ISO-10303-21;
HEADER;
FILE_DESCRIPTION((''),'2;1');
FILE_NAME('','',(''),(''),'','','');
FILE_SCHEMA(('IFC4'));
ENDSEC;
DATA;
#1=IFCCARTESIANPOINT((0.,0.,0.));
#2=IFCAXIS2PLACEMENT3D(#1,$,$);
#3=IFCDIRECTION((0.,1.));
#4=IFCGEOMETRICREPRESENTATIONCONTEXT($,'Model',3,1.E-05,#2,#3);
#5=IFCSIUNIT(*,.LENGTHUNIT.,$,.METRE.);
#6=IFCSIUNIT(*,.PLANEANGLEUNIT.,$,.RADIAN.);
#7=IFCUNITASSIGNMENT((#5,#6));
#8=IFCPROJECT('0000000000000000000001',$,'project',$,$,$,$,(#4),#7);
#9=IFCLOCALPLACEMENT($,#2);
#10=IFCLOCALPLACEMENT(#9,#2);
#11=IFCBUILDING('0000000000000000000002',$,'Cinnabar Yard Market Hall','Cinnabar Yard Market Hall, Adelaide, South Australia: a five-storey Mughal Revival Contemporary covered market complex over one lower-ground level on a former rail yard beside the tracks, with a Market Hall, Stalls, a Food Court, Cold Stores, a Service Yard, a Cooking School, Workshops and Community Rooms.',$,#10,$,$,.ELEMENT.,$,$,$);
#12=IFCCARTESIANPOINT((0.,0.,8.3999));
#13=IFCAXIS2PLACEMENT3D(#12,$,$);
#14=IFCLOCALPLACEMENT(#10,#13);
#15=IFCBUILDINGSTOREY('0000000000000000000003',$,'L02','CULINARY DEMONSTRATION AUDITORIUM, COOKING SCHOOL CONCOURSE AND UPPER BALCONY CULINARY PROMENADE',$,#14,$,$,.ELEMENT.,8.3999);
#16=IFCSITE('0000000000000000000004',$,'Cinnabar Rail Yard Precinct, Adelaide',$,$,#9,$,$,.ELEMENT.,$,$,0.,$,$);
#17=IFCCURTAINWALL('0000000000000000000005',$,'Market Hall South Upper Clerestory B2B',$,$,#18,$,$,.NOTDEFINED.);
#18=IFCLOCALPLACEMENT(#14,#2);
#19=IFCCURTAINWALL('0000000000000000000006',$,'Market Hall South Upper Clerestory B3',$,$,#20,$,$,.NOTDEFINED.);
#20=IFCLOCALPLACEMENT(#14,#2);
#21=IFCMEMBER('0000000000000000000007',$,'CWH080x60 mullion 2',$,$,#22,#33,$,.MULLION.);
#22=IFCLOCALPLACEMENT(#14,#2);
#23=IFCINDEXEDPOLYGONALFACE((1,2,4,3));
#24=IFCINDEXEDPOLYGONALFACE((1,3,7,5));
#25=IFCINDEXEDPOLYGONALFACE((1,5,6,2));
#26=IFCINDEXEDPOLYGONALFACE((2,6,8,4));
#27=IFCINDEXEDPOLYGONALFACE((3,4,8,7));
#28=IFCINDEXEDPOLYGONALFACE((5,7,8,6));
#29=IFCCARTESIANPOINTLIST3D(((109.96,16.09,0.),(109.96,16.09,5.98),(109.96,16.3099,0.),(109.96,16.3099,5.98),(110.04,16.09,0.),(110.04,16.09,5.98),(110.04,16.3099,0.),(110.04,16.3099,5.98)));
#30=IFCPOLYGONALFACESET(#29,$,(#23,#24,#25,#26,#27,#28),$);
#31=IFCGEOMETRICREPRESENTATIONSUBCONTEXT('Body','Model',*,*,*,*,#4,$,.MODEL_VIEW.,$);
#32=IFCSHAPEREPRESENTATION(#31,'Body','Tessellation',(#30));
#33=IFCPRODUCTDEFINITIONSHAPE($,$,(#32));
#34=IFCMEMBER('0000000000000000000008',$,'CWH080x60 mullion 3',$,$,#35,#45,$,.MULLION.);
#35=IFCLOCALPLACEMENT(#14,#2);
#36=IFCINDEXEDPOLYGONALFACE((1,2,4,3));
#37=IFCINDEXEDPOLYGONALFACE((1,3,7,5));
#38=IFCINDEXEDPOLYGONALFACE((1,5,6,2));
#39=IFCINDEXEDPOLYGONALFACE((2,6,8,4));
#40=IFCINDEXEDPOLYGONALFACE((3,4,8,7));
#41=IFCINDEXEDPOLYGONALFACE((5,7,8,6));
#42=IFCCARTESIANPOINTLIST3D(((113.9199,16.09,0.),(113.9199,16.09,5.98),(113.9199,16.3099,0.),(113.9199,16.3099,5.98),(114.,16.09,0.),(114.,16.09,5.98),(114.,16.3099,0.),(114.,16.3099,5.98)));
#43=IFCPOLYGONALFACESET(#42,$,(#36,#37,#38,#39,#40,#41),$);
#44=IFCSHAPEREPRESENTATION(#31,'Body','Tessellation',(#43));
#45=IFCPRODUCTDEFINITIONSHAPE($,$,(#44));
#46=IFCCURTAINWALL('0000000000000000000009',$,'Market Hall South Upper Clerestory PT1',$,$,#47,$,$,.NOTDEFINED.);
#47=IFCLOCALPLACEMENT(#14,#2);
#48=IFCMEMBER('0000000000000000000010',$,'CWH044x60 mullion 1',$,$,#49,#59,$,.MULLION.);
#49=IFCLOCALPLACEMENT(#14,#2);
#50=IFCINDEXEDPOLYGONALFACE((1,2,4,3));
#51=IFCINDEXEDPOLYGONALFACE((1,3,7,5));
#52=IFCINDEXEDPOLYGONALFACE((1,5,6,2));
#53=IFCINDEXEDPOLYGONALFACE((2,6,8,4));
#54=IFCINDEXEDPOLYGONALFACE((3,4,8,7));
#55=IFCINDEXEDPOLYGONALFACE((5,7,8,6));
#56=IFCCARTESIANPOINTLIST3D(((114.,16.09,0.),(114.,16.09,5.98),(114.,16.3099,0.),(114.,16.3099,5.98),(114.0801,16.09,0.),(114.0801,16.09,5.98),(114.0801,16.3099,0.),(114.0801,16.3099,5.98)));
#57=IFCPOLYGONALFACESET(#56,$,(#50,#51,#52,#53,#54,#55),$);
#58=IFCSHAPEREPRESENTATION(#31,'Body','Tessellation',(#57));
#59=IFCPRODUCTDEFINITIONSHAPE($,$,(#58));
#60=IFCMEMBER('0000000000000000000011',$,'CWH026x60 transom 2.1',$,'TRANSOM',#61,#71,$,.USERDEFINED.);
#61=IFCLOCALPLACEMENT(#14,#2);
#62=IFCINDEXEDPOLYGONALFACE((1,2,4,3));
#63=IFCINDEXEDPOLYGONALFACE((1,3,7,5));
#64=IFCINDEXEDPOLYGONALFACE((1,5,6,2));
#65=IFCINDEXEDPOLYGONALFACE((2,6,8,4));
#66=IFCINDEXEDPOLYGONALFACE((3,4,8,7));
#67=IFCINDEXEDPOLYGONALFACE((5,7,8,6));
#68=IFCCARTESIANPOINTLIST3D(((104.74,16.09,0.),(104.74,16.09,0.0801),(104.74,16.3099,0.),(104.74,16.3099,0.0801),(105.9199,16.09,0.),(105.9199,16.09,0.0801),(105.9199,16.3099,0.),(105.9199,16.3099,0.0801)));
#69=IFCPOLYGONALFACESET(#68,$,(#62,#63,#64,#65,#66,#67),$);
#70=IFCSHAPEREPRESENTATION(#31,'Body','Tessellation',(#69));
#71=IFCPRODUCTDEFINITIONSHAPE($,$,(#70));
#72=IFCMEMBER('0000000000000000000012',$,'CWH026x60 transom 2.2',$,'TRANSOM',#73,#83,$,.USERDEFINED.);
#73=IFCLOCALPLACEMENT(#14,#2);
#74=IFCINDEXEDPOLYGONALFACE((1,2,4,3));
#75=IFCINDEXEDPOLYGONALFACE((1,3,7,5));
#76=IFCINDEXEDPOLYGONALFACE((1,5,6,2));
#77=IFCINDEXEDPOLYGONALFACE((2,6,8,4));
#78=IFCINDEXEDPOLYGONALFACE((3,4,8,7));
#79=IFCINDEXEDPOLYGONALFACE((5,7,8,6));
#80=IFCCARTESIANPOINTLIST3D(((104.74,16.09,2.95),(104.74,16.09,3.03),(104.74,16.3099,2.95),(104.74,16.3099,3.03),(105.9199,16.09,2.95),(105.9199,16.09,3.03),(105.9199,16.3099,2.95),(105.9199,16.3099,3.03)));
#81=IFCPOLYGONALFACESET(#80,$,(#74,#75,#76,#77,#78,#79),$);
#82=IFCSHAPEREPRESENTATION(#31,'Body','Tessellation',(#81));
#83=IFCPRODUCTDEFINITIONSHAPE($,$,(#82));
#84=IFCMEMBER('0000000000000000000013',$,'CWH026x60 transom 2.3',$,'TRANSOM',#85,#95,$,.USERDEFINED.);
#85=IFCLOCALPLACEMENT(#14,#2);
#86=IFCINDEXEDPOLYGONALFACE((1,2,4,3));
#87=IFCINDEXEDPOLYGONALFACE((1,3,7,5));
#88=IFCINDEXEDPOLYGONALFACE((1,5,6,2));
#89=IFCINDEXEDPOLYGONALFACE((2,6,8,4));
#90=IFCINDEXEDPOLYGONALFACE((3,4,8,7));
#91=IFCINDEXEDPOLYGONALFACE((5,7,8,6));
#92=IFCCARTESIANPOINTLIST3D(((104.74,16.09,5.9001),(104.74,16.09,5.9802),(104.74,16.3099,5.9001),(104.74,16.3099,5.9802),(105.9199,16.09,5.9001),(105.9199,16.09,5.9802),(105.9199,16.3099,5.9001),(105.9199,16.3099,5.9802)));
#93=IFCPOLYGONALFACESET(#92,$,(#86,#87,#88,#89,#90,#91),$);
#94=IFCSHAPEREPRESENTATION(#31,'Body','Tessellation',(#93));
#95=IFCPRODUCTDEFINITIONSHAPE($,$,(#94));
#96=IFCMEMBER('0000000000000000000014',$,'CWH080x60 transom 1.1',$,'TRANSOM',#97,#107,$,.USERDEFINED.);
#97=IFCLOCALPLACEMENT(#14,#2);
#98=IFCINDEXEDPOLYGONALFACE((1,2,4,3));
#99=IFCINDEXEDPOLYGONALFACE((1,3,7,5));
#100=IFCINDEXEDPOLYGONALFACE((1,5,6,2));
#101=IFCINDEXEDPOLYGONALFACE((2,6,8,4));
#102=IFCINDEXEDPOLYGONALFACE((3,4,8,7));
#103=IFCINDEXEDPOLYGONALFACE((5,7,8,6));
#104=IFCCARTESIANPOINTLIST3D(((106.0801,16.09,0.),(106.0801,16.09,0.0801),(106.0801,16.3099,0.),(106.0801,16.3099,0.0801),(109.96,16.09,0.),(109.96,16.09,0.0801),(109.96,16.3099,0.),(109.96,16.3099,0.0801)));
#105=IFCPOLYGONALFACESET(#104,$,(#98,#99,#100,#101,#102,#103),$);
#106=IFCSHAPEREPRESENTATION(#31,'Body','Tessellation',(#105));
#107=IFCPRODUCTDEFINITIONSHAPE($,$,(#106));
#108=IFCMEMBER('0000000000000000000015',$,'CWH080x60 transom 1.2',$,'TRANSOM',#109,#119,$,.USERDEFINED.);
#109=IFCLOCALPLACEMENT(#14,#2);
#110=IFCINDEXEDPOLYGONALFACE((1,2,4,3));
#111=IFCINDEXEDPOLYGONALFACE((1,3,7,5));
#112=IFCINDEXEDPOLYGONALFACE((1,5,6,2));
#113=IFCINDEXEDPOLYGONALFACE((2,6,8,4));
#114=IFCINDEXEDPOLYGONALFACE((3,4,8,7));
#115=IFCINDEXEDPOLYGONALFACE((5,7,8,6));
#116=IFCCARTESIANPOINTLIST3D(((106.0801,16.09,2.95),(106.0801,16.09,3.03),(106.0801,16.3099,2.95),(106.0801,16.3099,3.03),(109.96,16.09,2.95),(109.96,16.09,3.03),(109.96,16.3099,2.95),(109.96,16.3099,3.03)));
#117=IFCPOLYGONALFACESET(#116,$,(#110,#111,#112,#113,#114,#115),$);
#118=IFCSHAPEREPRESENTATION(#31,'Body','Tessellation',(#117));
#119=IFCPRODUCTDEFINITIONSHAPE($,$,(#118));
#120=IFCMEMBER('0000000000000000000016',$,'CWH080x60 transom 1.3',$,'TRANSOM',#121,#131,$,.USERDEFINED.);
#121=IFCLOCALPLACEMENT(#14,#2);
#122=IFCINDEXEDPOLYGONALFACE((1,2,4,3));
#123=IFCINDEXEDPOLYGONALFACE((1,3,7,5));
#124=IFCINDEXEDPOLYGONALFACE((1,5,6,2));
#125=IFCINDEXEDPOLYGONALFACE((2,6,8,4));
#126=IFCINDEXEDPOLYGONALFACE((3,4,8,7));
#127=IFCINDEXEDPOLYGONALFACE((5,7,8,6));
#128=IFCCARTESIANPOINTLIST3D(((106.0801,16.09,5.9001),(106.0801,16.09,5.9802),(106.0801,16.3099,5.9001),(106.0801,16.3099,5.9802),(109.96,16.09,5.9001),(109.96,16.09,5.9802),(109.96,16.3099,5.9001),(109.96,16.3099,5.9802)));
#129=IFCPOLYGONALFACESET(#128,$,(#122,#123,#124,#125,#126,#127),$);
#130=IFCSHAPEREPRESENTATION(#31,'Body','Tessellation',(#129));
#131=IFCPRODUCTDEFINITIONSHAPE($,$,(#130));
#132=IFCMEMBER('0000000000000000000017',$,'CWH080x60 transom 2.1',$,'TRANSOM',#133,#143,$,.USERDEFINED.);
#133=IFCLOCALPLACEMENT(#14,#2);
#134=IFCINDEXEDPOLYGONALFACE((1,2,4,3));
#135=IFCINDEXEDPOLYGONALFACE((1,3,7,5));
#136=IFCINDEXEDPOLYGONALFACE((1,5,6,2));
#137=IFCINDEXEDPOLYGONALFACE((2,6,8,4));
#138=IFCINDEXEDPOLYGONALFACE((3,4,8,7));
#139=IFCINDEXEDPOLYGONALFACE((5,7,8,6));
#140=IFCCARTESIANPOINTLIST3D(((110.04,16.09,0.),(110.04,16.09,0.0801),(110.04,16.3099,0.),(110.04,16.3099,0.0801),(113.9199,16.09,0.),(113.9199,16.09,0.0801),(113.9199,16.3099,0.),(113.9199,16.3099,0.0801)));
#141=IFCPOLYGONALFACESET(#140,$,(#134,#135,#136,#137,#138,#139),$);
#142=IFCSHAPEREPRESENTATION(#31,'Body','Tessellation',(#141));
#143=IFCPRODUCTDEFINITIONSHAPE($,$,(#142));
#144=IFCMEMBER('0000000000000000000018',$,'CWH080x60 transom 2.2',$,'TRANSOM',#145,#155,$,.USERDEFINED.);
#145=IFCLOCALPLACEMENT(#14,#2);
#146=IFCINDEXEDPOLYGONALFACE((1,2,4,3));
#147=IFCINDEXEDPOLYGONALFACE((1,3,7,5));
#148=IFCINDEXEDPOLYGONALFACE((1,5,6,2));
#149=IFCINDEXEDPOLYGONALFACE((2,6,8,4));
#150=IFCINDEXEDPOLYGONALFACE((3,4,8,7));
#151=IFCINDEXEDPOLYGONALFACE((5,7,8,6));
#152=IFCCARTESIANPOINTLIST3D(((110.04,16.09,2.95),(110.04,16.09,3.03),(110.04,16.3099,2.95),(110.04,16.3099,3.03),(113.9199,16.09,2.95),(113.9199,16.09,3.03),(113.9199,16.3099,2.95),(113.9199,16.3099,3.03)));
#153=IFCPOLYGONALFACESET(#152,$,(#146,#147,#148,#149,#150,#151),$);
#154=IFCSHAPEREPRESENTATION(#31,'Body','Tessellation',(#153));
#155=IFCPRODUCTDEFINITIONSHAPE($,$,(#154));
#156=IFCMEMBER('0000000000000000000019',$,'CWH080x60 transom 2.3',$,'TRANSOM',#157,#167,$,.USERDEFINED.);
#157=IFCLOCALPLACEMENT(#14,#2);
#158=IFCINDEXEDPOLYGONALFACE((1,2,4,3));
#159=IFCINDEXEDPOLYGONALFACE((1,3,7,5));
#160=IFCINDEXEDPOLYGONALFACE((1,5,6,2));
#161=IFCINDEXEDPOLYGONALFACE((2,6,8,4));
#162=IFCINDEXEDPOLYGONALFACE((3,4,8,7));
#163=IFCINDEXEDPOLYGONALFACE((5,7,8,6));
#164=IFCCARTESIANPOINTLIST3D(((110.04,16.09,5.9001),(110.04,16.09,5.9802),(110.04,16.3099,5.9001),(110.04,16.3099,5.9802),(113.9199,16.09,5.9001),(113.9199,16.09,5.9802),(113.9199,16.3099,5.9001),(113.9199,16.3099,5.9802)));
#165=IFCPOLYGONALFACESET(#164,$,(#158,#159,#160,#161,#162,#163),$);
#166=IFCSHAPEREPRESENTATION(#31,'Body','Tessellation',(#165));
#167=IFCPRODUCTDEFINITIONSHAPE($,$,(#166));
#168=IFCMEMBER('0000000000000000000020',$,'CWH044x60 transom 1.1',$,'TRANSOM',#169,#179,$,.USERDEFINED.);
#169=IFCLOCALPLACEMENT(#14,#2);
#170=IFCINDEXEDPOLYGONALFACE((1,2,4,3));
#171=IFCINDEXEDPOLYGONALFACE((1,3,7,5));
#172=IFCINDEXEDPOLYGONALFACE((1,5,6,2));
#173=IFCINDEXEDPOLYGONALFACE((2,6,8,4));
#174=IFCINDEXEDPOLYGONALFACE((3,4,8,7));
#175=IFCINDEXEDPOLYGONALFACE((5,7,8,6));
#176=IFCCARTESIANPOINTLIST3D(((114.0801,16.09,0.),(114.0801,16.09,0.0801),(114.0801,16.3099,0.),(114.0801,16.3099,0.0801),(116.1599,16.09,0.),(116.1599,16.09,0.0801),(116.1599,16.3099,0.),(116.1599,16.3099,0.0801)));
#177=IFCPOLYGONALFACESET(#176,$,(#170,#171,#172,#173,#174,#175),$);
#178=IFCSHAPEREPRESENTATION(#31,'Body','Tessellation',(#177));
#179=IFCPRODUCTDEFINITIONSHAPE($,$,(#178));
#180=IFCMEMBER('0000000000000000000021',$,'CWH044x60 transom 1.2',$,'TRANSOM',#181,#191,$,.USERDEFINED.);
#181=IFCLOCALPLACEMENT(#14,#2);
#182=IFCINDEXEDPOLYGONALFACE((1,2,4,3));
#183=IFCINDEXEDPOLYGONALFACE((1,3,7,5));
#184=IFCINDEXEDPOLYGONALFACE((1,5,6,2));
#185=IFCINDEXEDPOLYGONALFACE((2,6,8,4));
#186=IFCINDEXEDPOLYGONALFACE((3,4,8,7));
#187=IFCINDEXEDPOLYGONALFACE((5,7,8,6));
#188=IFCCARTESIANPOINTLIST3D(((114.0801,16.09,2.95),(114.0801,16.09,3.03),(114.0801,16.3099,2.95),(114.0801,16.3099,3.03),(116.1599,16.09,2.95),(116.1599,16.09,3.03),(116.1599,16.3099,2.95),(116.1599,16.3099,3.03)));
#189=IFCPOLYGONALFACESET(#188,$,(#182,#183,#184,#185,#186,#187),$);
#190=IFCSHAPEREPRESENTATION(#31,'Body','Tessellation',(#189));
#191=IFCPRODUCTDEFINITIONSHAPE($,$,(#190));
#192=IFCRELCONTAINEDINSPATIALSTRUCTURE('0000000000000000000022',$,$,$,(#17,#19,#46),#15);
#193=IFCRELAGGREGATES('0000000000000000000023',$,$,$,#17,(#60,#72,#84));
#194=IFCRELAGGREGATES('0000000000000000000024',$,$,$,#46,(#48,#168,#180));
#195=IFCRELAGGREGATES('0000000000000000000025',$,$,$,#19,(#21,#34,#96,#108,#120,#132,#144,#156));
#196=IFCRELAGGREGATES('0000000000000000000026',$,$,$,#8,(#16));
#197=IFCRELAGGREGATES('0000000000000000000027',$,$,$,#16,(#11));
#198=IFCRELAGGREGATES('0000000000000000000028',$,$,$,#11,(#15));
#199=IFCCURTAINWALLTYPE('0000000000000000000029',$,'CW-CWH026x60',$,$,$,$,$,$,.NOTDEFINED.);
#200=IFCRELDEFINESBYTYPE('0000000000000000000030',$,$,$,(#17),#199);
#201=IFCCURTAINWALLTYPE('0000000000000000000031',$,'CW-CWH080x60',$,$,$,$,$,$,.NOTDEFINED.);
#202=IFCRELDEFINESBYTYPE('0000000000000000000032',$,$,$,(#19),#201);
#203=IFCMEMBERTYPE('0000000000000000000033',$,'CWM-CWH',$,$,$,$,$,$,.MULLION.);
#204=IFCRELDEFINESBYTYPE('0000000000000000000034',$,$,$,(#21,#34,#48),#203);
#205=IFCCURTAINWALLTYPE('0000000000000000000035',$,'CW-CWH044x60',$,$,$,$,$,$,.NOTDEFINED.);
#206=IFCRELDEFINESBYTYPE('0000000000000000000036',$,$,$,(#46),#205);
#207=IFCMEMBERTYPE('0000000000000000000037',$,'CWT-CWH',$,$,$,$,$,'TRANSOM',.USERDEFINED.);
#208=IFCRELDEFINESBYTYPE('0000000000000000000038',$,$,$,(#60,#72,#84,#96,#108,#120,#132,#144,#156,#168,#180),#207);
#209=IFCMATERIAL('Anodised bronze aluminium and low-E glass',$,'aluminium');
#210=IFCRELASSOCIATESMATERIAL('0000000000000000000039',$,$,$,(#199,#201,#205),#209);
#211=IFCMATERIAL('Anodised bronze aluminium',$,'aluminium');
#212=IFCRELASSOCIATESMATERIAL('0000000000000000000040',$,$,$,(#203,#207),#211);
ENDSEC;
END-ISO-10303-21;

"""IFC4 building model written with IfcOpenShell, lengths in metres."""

from ifc_helpers import new_model, si_unit, direction, frame, origin, origin_2d_with_axis, place, context, subcontext, project, spatial, rectangle, extrude, material, material_profile, profile_set, type_object, element, aggregate, save


model = new_model("IFC4")

# Units and contexts
model_context = context("Model", 3, precision=1e-05, world=origin(), true_north=direction((0.0, 1.0)))
body_context = subcontext(model_context, "Body", "Model", "MODEL_VIEW")
ifc_project = project(units=[si_unit("LENGTHUNIT", "METRE"), si_unit("PLANEANGLEUNIT", "RADIAN")], contexts=[model_context])

# Site, building, storey
site_placement = place(None, origin())
site = spatial("IfcSite", under=ifc_project, at=site_placement, Name="Cinnabar Rail Yard Precinct, Adelaide", CompositionType="ELEMENT", RefElevation=0.0)
building_placement = place(site_placement, origin())
building = spatial("IfcBuilding", under=site, at=building_placement, Name="Cinnabar Yard Market Hall", Description="Cinnabar Yard Market Hall, Adelaide, South Australia: a five-storey Mughal Revival Contemporary covered market complex over one lower-ground level on a former rail yard beside the tracks, with a Market Hall, Stalls, a Food Court, Cold Stores, a Service Yard, a Cooking School, Workshops and Community Rooms.", CompositionType="ELEMENT")
storey_placement = place(building_placement, frame((0.0, 0.0, 8.3999)))
storey = spatial("IfcBuildingStorey", under=building, at=storey_placement, Name="L02", Description="CULINARY DEMONSTRATION AUDITORIUM, COOKING SCHOOL CONCOURSE AND UPPER BALCONY CULINARY PROMENADE", CompositionType="ELEMENT", Elevation=8.3999)

# Curtain wall
ifc_material_1 = material(Name="Anodised bronze aluminium and low-E glass", Category="aluminium")
curtain_wall_type_1 = type_object("IfcCurtainWallType", Name="CW-CWH026x60", PredefinedType="NOTDEFINED", material=ifc_material_1)
curtain_wall_1_placement = place(storey_placement, origin())
curtain_wall_1 = element("IfcCurtainWall", 1, at=curtain_wall_1_placement, inside=storey, type_object=curtain_wall_type_1, Name="Market Hall South Upper Clerestory B2B", PredefinedType="NOTDEFINED")
ifc_material_2 = material(Name="Anodised bronze aluminium", Category="aluminium")
ifc_material_profile_1 = material_profile(ifc_material_2, rectangle(XDim=0.22, YDim=0.0801, at=origin_2d_with_axis()), Name="MUL-CWH")
ifc_profile_set_1 = profile_set([ifc_material_profile_1], Name="Anodised bronze aluminium")
member_type_1 = type_object("IfcMemberType", Name="CWM-CWH", PredefinedType="MULLION", material=ifc_profile_set_1)

# Curtain wall, members
curtain_wall_type_2 = type_object("IfcCurtainWallType", Name="CW-CWH080x60", PredefinedType="NOTDEFINED", material=ifc_material_1)
curtain_wall_2_placement = place(storey_placement, origin())
curtain_wall_2 = element("IfcCurtainWall", 2, at=curtain_wall_2_placement, inside=storey, type_object=curtain_wall_type_2, Name="Market Hall South Upper Clerestory B3", PredefinedType="NOTDEFINED")
member_1_placement = place(storey_placement, frame((110.0, 16.2, 0.0), z_axis=(0.0, 0.0, 1.0), x_axis=(0.0, 1.0, 0.0)))
member_1 = element("IfcMember", 3, at=member_1_placement, type_object=member_type_1, Name="CWH080x60 mullion 2", PredefinedType="MULLION", context=body_context, shape_type="SweptSolid", body=[
    extrude(rectangle(XDim=0.22, YDim=0.0801, at=origin_2d_with_axis()), origin(), (0.0, 0.0, 1.0), 5.98),
])
member_2_placement = place(storey_placement, frame((113.96, 16.2, 0.0), z_axis=(0.0, 0.0, 1.0), x_axis=(0.0, 1.0, 0.0)))
member_2 = element("IfcMember", 4, at=member_2_placement, type_object=member_type_1, Name="CWH080x60 mullion 3", PredefinedType="MULLION", context=body_context, shape_type="SweptSolid", body=[
    extrude(rectangle(XDim=0.22, YDim=0.0801, at=origin_2d_with_axis()), origin(), (0.0, 0.0, 1.0), 5.98),
])

# Curtain wall, member
curtain_wall_type_3 = type_object("IfcCurtainWallType", Name="CW-CWH044x60", PredefinedType="NOTDEFINED", material=ifc_material_1)
curtain_wall_3_placement = place(storey_placement, origin())
curtain_wall_3 = element("IfcCurtainWall", 5, at=curtain_wall_3_placement, inside=storey, type_object=curtain_wall_type_3, Name="Market Hall South Upper Clerestory PT1", PredefinedType="NOTDEFINED")
member_3_placement = place(storey_placement, frame((114.04, 16.2, 0.0), z_axis=(0.0, 0.0, 1.0), x_axis=(0.0, 1.0, 0.0)))
member_3 = element("IfcMember", 6, at=member_3_placement, type_object=member_type_1, Name="CWH044x60 mullion 1", PredefinedType="MULLION", context=body_context, shape_type="SweptSolid", body=[
    extrude(rectangle(XDim=0.22, YDim=0.0801, at=origin_2d_with_axis()), origin(), (0.0, 0.0, 1.0), 5.98),
])

# Members
ifc_material_profile_2 = material_profile(ifc_material_2, rectangle(XDim=0.22, YDim=0.0801, at=origin_2d_with_axis()), Name="TRN-CWH")
ifc_profile_set_2 = profile_set([ifc_material_profile_2], Name="Anodised bronze aluminium")
member_type_2 = type_object("IfcMemberType", Name="CWT-CWH", ElementType="TRANSOM", PredefinedType="USERDEFINED", material=ifc_profile_set_2)
member_4_placement = place(storey_placement, frame((104.74, 16.2, 0.04), z_axis=(1.0, 0.0, 0.0), x_axis=(0.0, 1.0, 0.0)))
member_4 = element("IfcMember", 7, at=member_4_placement, type_object=member_type_2, Name="CWH026x60 transom 2.1", ObjectType="TRANSOM", PredefinedType="USERDEFINED", context=body_context, shape_type="SweptSolid", body=[
    extrude(rectangle(XDim=0.22, YDim=0.0801, at=origin_2d_with_axis()), origin(), (0.0, 0.0, 1.0), 1.1799),
])
member_5_placement = place(storey_placement, frame((104.74, 16.2, 2.99), z_axis=(1.0, 0.0, 0.0), x_axis=(0.0, 1.0, 0.0)))
member_5 = element("IfcMember", 8, at=member_5_placement, type_object=member_type_2, Name="CWH026x60 transom 2.2", ObjectType="TRANSOM", PredefinedType="USERDEFINED", context=body_context, shape_type="SweptSolid", body=[
    extrude(rectangle(XDim=0.22, YDim=0.0801, at=origin_2d_with_axis()), origin(), (0.0, 0.0, 1.0), 1.1799),
])
member_6_placement = place(storey_placement, frame((104.74, 16.2, 5.9402), z_axis=(1.0, 0.0, 0.0), x_axis=(0.0, 1.0, 0.0)))
member_6 = element("IfcMember", 9, at=member_6_placement, type_object=member_type_2, Name="CWH026x60 transom 2.3", ObjectType="TRANSOM", PredefinedType="USERDEFINED", context=body_context, shape_type="SweptSolid", body=[
    extrude(rectangle(XDim=0.22, YDim=0.0801, at=origin_2d_with_axis()), origin(), (0.0, 0.0, 1.0), 1.1799),
])
member_7_placement = place(storey_placement, frame((106.0801, 16.2, 0.04), z_axis=(1.0, 0.0, 0.0), x_axis=(0.0, 1.0, 0.0)))
member_7 = element("IfcMember", 10, at=member_7_placement, type_object=member_type_2, Name="CWH080x60 transom 1.1", ObjectType="TRANSOM", PredefinedType="USERDEFINED", context=body_context, shape_type="SweptSolid", body=[
    extrude(rectangle(XDim=0.22, YDim=0.0801, at=origin_2d_with_axis()), origin(), (0.0, 0.0, 1.0), 3.8799),
])
member_8_placement = place(storey_placement, frame((106.0801, 16.2, 2.99), z_axis=(1.0, 0.0, 0.0), x_axis=(0.0, 1.0, 0.0)))
member_8 = element("IfcMember", 11, at=member_8_placement, type_object=member_type_2, Name="CWH080x60 transom 1.2", ObjectType="TRANSOM", PredefinedType="USERDEFINED", context=body_context, shape_type="SweptSolid", body=[
    extrude(rectangle(XDim=0.22, YDim=0.0801, at=origin_2d_with_axis()), origin(), (0.0, 0.0, 1.0), 3.8799),
])
member_9_placement = place(storey_placement, frame((106.0801, 16.2, 5.9402), z_axis=(1.0, 0.0, 0.0), x_axis=(0.0, 1.0, 0.0)))
member_9 = element("IfcMember", 12, at=member_9_placement, type_object=member_type_2, Name="CWH080x60 transom 1.3", ObjectType="TRANSOM", PredefinedType="USERDEFINED", context=body_context, shape_type="SweptSolid", body=[
    extrude(rectangle(XDim=0.22, YDim=0.0801, at=origin_2d_with_axis()), origin(), (0.0, 0.0, 1.0), 3.8799),
])
member_10_placement = place(storey_placement, frame((110.04, 16.2, 0.04), z_axis=(1.0, 0.0, 0.0), x_axis=(0.0, 1.0, 0.0)))
member_10 = element("IfcMember", 13, at=member_10_placement, type_object=member_type_2, Name="CWH080x60 transom 2.1", ObjectType="TRANSOM", PredefinedType="USERDEFINED", context=body_context, shape_type="SweptSolid", body=[
    extrude(rectangle(XDim=0.22, YDim=0.0801, at=origin_2d_with_axis()), origin(), (0.0, 0.0, 1.0), 3.8799),
])
member_11_placement = place(storey_placement, frame((110.04, 16.2, 2.99), z_axis=(1.0, 0.0, 0.0), x_axis=(0.0, 1.0, 0.0)))
member_11 = element("IfcMember", 14, at=member_11_placement, type_object=member_type_2, Name="CWH080x60 transom 2.2", ObjectType="TRANSOM", PredefinedType="USERDEFINED", context=body_context, shape_type="SweptSolid", body=[
    extrude(rectangle(XDim=0.22, YDim=0.0801, at=origin_2d_with_axis()), origin(), (0.0, 0.0, 1.0), 3.8799),
])
member_12_placement = place(storey_placement, frame((110.04, 16.2, 5.9402), z_axis=(1.0, 0.0, 0.0), x_axis=(0.0, 1.0, 0.0)))
member_12 = element("IfcMember", 15, at=member_12_placement, type_object=member_type_2, Name="CWH080x60 transom 2.3", ObjectType="TRANSOM", PredefinedType="USERDEFINED", context=body_context, shape_type="SweptSolid", body=[
    extrude(rectangle(XDim=0.22, YDim=0.0801, at=origin_2d_with_axis()), origin(), (0.0, 0.0, 1.0), 3.8799),
])
member_13_placement = place(storey_placement, frame((114.0801, 16.2, 0.04), z_axis=(1.0, 0.0, 0.0), x_axis=(0.0, 1.0, 0.0)))
member_13 = element("IfcMember", 16, at=member_13_placement, type_object=member_type_2, Name="CWH044x60 transom 1.1", ObjectType="TRANSOM", PredefinedType="USERDEFINED", context=body_context, shape_type="SweptSolid", body=[
    extrude(rectangle(XDim=0.22, YDim=0.0801, at=origin_2d_with_axis()), origin(), (0.0, 0.0, 1.0), 2.0798),
])
member_14_placement = place(storey_placement, frame((114.0801, 16.2, 2.99), z_axis=(1.0, 0.0, 0.0), x_axis=(0.0, 1.0, 0.0)))
member_14 = element("IfcMember", 17, at=member_14_placement, type_object=member_type_2, Name="CWH044x60 transom 1.2", ObjectType="TRANSOM", PredefinedType="USERDEFINED", context=body_context, shape_type="SweptSolid", body=[
    extrude(rectangle(XDim=0.22, YDim=0.0801, at=origin_2d_with_axis()), origin(), (0.0, 0.0, 1.0), 2.0798),
])

aggregate(curtain_wall_1, [member_4, member_5, member_6])
aggregate(curtain_wall_3, [member_3, member_13, member_14])
aggregate(curtain_wall_2, [member_1, member_2, member_7, member_8, member_9, member_10, member_11, member_12])

save(model, "model.ifc")
